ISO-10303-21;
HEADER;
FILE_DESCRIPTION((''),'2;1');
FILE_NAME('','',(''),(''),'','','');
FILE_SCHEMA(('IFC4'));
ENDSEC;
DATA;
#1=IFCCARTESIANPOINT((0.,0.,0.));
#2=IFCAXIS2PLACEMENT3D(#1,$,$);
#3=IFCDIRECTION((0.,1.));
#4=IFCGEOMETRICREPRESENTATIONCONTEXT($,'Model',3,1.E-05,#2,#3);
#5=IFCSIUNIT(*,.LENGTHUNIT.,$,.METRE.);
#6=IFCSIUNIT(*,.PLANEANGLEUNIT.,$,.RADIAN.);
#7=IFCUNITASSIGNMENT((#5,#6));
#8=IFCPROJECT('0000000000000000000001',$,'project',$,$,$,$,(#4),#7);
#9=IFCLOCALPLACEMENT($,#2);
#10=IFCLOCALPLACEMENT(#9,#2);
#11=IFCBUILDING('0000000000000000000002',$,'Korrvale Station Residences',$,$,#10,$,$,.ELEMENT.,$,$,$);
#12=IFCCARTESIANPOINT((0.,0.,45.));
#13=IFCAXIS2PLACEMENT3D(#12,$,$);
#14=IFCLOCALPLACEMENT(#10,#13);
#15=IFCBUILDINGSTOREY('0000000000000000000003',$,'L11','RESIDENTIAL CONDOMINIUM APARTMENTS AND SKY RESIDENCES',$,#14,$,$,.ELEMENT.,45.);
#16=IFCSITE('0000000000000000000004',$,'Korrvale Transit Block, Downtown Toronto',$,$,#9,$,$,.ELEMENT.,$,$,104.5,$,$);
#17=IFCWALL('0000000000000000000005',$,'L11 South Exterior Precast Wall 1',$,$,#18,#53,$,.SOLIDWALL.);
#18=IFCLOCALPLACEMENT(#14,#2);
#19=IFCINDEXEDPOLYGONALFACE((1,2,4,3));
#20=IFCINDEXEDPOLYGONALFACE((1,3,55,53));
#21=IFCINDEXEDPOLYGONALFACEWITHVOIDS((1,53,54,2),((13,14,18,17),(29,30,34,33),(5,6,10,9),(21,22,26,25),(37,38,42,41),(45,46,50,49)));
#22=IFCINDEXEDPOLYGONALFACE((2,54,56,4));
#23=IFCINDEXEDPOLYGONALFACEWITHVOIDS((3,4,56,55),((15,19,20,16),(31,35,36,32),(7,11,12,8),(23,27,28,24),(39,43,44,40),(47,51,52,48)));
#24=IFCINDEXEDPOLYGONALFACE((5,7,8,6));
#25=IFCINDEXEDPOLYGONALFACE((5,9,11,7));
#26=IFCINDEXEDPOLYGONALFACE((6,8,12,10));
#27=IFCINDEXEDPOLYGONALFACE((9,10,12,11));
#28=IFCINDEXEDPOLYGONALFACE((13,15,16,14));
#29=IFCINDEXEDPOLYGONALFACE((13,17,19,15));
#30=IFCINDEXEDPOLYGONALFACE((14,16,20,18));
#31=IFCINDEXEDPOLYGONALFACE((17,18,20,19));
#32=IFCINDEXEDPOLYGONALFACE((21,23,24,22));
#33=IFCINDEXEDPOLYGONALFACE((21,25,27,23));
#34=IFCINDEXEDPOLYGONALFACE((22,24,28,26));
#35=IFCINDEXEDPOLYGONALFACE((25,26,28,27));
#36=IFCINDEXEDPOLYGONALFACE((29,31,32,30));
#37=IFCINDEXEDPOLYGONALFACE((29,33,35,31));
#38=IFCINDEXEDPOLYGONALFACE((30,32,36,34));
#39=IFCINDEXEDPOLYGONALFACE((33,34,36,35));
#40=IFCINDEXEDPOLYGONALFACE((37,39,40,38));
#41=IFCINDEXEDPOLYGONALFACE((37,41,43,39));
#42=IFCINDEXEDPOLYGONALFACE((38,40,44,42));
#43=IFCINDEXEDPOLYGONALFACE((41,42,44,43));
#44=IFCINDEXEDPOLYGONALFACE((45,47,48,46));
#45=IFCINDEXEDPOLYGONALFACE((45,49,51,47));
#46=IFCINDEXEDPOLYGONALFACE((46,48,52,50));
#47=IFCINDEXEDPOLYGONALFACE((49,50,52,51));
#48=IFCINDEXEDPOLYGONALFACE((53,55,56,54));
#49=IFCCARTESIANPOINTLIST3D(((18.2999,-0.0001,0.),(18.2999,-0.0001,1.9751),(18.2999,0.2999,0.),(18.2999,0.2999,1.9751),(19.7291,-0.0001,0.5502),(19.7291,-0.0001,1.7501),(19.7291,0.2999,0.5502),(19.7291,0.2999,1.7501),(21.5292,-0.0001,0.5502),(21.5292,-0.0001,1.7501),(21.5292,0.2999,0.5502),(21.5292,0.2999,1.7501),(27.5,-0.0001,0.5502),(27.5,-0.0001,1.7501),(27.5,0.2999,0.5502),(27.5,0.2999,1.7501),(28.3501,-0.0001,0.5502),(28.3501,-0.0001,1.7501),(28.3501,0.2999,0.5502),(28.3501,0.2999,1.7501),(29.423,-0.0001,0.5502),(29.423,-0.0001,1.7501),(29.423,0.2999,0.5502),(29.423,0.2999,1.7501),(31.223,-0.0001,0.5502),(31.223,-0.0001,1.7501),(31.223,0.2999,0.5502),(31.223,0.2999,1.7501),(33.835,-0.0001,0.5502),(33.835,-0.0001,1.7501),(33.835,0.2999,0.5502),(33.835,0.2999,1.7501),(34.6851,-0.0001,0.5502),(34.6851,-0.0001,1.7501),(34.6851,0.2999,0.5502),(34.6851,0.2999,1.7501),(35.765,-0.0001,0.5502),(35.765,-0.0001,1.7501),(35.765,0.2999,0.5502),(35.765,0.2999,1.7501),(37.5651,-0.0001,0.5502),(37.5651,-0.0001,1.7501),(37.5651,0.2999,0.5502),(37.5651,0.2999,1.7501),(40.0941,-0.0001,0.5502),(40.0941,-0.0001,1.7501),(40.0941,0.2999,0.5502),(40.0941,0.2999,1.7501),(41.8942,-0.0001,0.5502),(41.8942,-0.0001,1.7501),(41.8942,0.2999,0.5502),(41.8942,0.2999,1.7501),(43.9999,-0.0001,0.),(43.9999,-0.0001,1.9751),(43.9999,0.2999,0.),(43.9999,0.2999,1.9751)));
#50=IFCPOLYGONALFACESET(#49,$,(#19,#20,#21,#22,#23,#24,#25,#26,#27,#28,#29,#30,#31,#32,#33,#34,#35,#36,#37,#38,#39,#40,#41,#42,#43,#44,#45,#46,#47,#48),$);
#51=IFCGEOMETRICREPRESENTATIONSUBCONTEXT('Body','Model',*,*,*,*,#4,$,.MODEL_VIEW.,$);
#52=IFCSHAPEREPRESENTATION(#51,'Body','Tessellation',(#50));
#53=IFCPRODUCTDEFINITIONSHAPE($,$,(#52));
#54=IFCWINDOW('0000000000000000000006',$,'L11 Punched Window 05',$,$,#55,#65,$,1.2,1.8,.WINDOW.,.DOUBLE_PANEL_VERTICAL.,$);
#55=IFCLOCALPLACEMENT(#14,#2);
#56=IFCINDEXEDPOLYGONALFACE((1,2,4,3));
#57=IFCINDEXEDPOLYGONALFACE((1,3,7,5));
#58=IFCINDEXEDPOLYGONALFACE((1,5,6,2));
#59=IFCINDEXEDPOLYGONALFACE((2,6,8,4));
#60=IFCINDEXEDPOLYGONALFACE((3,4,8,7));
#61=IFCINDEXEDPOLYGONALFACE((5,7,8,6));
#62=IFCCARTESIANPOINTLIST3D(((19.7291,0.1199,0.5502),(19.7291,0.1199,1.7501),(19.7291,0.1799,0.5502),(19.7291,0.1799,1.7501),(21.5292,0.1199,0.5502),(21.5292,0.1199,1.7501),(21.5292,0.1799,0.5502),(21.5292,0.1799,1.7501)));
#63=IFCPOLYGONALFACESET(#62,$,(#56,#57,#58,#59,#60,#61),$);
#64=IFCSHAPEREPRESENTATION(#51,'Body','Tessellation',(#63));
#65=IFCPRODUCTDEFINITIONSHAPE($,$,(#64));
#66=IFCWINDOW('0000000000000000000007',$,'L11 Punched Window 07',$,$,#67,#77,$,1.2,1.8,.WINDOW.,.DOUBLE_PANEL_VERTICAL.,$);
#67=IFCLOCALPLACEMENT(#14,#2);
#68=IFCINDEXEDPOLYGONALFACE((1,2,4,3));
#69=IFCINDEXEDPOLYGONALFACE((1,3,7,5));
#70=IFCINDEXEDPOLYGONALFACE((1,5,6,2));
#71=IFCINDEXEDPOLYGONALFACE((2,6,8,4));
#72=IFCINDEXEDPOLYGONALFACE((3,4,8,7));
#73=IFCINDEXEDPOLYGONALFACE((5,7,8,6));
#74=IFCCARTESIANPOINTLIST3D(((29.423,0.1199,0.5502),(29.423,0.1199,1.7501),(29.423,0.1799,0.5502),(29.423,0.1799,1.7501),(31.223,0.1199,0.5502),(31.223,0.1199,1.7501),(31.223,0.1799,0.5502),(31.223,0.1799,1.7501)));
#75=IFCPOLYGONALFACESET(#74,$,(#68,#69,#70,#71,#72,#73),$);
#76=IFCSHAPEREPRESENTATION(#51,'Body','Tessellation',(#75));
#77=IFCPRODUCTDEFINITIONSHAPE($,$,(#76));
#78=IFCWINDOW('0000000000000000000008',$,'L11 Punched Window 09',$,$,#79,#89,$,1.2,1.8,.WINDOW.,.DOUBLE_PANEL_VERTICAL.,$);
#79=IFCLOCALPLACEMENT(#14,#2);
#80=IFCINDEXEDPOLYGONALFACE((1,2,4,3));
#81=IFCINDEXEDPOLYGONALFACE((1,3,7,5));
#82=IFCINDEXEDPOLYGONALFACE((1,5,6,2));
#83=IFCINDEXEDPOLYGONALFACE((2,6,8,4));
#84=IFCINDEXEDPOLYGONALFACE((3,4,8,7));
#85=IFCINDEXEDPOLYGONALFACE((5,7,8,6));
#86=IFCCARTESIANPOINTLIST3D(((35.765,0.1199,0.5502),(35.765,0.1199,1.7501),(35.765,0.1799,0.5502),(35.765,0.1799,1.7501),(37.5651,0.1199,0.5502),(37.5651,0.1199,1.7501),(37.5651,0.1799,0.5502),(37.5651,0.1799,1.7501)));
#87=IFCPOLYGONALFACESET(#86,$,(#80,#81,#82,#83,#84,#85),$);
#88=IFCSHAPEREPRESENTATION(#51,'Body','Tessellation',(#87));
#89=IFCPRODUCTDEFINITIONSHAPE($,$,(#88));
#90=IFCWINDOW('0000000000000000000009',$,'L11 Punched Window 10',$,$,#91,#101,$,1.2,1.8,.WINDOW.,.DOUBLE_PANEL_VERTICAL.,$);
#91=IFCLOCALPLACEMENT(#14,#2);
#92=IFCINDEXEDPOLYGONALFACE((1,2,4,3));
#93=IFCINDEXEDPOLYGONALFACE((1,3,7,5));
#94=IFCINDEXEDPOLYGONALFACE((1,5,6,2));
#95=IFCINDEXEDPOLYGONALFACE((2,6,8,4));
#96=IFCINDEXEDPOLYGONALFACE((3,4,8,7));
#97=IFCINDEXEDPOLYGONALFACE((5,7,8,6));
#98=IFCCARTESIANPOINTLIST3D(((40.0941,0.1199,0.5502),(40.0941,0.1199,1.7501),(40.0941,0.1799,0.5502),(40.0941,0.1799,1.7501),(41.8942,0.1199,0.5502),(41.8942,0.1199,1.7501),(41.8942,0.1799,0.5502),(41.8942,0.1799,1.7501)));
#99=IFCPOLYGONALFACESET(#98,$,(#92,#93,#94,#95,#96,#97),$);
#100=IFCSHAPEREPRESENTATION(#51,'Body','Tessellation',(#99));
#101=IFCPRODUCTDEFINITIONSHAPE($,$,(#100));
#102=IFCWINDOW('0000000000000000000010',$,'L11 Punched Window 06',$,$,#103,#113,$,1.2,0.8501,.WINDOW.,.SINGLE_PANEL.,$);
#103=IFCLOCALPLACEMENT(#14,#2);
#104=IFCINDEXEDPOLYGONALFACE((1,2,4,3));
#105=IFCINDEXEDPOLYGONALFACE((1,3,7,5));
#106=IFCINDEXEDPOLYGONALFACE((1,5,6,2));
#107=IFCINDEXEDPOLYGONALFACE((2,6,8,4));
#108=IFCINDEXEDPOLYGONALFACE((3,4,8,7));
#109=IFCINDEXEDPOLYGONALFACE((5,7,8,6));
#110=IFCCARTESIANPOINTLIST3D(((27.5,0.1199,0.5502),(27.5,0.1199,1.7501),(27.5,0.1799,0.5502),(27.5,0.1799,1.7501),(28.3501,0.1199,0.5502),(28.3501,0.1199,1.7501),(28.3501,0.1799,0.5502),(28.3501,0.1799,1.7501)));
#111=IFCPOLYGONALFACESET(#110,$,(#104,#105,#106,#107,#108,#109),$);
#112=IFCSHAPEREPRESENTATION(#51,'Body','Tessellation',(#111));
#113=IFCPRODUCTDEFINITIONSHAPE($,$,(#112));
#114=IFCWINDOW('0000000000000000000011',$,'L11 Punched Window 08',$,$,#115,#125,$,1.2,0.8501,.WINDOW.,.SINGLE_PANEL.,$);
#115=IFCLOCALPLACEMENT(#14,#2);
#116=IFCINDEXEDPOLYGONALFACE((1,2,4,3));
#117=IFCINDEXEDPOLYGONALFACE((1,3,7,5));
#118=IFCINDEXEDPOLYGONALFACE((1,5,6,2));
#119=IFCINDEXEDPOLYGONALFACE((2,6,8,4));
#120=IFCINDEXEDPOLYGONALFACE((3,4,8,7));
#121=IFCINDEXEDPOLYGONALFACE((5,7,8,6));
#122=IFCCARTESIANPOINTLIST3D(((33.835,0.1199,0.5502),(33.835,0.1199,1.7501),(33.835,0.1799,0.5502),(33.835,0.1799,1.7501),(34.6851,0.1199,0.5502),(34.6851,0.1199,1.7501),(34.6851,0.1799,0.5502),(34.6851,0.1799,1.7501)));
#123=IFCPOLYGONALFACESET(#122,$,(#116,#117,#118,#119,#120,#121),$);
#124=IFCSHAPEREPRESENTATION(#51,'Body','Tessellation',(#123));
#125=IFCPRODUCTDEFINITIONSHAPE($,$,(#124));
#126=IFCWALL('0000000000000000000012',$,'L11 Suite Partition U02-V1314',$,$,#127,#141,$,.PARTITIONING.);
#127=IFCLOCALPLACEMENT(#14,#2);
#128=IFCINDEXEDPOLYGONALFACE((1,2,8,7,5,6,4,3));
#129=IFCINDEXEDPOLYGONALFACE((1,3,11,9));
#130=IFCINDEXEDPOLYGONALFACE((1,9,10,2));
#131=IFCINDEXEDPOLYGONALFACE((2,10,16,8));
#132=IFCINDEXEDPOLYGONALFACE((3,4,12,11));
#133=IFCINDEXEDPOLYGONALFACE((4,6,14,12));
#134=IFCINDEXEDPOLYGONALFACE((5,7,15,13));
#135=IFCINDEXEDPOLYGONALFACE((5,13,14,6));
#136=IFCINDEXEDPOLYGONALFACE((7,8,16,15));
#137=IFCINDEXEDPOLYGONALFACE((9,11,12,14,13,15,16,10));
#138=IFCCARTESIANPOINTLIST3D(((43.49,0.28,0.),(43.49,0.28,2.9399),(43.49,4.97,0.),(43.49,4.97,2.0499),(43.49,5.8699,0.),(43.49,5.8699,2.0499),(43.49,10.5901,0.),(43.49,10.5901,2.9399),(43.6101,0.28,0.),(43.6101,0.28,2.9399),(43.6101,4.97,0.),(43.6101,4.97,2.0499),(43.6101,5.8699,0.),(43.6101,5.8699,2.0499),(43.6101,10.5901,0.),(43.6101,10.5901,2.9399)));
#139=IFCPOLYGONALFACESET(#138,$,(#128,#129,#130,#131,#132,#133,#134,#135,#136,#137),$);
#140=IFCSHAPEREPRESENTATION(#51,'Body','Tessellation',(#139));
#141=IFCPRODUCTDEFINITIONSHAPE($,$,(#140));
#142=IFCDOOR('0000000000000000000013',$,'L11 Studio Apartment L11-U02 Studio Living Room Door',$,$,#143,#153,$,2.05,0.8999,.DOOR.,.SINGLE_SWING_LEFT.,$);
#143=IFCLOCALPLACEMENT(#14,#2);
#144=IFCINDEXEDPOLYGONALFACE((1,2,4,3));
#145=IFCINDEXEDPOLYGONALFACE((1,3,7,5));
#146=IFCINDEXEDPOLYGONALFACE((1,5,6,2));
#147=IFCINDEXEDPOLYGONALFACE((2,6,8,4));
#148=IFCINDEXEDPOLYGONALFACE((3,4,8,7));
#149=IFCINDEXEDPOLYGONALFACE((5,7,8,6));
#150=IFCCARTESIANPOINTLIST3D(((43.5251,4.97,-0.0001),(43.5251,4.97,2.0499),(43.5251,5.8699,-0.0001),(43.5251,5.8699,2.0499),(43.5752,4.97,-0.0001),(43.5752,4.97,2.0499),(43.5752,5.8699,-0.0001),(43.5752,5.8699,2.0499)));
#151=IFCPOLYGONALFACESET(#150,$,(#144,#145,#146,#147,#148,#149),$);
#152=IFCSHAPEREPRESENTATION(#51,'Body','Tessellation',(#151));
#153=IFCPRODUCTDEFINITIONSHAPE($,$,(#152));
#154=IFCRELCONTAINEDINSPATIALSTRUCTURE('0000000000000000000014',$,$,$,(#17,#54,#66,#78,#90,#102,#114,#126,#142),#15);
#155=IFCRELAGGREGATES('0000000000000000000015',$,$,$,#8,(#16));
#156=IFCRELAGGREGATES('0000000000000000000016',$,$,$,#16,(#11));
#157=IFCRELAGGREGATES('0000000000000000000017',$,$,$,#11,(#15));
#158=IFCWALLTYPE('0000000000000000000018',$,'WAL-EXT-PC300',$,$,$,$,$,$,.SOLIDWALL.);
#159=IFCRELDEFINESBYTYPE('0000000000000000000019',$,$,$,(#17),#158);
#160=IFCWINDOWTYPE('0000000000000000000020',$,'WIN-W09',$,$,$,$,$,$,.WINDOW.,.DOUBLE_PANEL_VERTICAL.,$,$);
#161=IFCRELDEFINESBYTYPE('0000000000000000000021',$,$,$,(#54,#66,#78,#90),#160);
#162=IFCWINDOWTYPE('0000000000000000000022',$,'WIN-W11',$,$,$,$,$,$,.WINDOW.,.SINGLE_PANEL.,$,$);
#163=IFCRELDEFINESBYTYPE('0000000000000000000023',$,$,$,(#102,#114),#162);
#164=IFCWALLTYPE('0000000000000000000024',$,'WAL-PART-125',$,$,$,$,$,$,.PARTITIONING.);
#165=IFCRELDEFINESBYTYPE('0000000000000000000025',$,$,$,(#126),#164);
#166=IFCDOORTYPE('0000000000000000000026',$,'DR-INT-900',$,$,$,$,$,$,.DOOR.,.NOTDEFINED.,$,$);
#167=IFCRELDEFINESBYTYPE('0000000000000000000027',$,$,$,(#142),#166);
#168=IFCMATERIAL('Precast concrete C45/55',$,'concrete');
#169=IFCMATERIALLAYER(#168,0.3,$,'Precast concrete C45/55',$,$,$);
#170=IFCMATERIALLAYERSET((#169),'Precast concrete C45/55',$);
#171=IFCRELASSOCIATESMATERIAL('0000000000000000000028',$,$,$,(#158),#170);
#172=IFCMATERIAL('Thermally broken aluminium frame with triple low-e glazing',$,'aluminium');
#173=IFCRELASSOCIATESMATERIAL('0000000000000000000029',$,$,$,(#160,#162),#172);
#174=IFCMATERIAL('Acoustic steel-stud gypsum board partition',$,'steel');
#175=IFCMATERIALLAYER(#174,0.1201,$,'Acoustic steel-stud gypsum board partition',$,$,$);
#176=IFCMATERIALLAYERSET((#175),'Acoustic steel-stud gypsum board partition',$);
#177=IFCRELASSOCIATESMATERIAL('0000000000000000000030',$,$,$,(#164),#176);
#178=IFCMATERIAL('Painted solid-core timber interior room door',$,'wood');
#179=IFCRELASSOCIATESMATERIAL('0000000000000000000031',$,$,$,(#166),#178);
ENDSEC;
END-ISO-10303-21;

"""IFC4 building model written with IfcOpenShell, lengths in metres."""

from ifc_helpers import new_model, si_unit, direction, frame, frame_2d, origin, place, context, subcontext, project, spatial, rectangle, extrude, material, layer, layer_set, type_object, element, fill, save


model = new_model("IFC4")

# Units and contexts
model_context = context("Model", 3, precision=1e-05, world=origin(), true_north=direction((0.0, 1.0)))
body_context = subcontext(model_context, "Body", "Model", "MODEL_VIEW")
ifc_project = project(units=[si_unit("LENGTHUNIT", "METRE"), si_unit("PLANEANGLEUNIT", "RADIAN")], contexts=[model_context])

# Site, building, storey
site_placement = place(None, origin())
site = spatial("IfcSite", under=ifc_project, at=site_placement, Name="Korrvale Transit Block, Downtown Toronto", CompositionType="ELEMENT", RefElevation=104.5)
building_placement = place(site_placement, origin())
building = spatial("IfcBuilding", under=site, at=building_placement, Name="Korrvale Station Residences", CompositionType="ELEMENT")
storey_placement = place(building_placement, frame((0.0, 0.0, 45.0)))
storey = spatial("IfcBuildingStorey", under=building, at=storey_placement, Name="L11", Description="RESIDENTIAL CONDOMINIUM APARTMENTS AND SKY RESIDENCES", CompositionType="ELEMENT", Elevation=45.0)

# Shared definitions
ifc_material_1 = material(Name="Precast concrete C45/55", Category="concrete")

# Wall, openings, windows
ifc_layer_1 = layer(ifc_material_1, 0.3, Name="Precast concrete C45/55")
ifc_layer_set_1 = layer_set([ifc_layer_1], Name="Precast concrete C45/55")
wall_type_1 = type_object("IfcWallType", Name="WAL-EXT-PC300", PredefinedType="SOLIDWALL", material=ifc_layer_set_1)
wall_1_placement = place(storey_placement, frame((44.0, 0.1499, 0.0), z_axis=(0.0, 0.0, 1.0), x_axis=(-1.0, 0.0, 0.0)))
wall_1 = element("IfcWall", 1, at=wall_1_placement, inside=storey, type_object=wall_type_1, Name="L11 South Exterior Precast Wall 1", PredefinedType="SOLIDWALL", context=body_context, shape_type="SweptSolid", body=[
    extrude(rectangle(XDim=25.7, YDim=0.3, at=frame_2d((12.8501, 0.0))), origin(), (0.0, 0.0, 1.0), 1.9751),
])
opening_1_placement = place(wall_1_placement, frame((22.4709, 0.0, 0.55)))
opening_1 = element("IfcOpeningElement", 2, at=opening_1_placement, cuts=wall_1, PredefinedType="OPENING", context=body_context, shape_type="SweptSolid", body=[
    extrude(rectangle(XDim=1.8, YDim=1.2, at=frame_2d((0.8999, 0.6001))), frame((0.0, 0.1602, 0.0), z_axis=(0.0, -1.0, 0.0), x_axis=(1.0, 0.0, 0.0)), (0.0, 0.0, 1.0), 0.3201),
])
opening_2_placement = place(wall_1_placement, frame((15.6499, 0.0, 0.55)))
opening_2 = element("IfcOpeningElement", 3, at=opening_2_placement, cuts=wall_1, PredefinedType="OPENING", context=body_context, shape_type="SweptSolid", body=[
    extrude(rectangle(XDim=0.8501, YDim=1.2, at=frame_2d((0.425, 0.6001))), frame((0.0, 0.1602, 0.0), z_axis=(0.0, -1.0, 0.0), x_axis=(1.0, 0.0, 0.0)), (0.0, 0.0, 1.0), 0.3201),
])
opening_3_placement = place(wall_1_placement, frame((12.7771, 0.0, 0.55)))
opening_3 = element("IfcOpeningElement", 4, at=opening_3_placement, cuts=wall_1, PredefinedType="OPENING", context=body_context, shape_type="SweptSolid", body=[
    extrude(rectangle(XDim=1.8, YDim=1.2, at=frame_2d((0.8999, 0.6001))), frame((0.0, 0.1602, 0.0), z_axis=(0.0, -1.0, 0.0), x_axis=(1.0, 0.0, 0.0)), (0.0, 0.0, 1.0), 0.3201),
])
opening_4_placement = place(wall_1_placement, frame((9.3149, 0.0, 0.55)))
opening_4 = element("IfcOpeningElement", 5, at=opening_4_placement, cuts=wall_1, PredefinedType="OPENING", context=body_context, shape_type="SweptSolid", body=[
    extrude(rectangle(XDim=0.8501, YDim=1.2, at=frame_2d((0.425, 0.6001))), frame((0.0, 0.1602, 0.0), z_axis=(0.0, -1.0, 0.0), x_axis=(1.0, 0.0, 0.0)), (0.0, 0.0, 1.0), 0.3201),
])
opening_5_placement = place(wall_1_placement, frame((6.4351, 0.0, 0.55)))
opening_5 = element("IfcOpeningElement", 6, at=opening_5_placement, cuts=wall_1, PredefinedType="OPENING", context=body_context, shape_type="SweptSolid", body=[
    extrude(rectangle(XDim=1.8, YDim=1.2, at=frame_2d((0.8999, 0.6001))), frame((0.0, 0.1602, 0.0), z_axis=(0.0, -1.0, 0.0), x_axis=(1.0, 0.0, 0.0)), (0.0, 0.0, 1.0), 0.3201),
])
opening_6_placement = place(wall_1_placement, frame((2.106, 0.0, 0.55)))
opening_6 = element("IfcOpeningElement", 7, at=opening_6_placement, cuts=wall_1, PredefinedType="OPENING", context=body_context, shape_type="SweptSolid", body=[
    extrude(rectangle(XDim=1.8, YDim=1.2, at=frame_2d((0.8999, 0.6001))), frame((0.0, 0.1602, 0.0), z_axis=(0.0, -1.0, 0.0), x_axis=(1.0, 0.0, 0.0)), (0.0, 0.0, 1.0), 0.3201),
])
ifc_material_2 = material(Name="Thermally broken aluminium frame with triple low-e glazing", Category="aluminium")
window_type_1 = type_object("IfcWindowType", Name="WIN-W09", PartitioningType="DOUBLE_PANEL_VERTICAL", PredefinedType="WINDOW", material=ifc_material_2)
window_1_placement = place(opening_1_placement, origin())
window_1 = element("IfcWindow", 8, at=window_1_placement, inside=storey, type_object=window_type_1, Name="L11 Punched Window 05", OverallHeight=1.2, OverallWidth=1.8, PartitioningType="DOUBLE_PANEL_VERTICAL", PredefinedType="WINDOW", context=body_context, shape_type="SweptSolid", body=[
    extrude(rectangle(XDim=1.8, YDim=1.2, at=frame_2d((0.8999, 0.6001))), frame((0.0, 0.03, 0.0), z_axis=(0.0, -1.0, 0.0), x_axis=(1.0, 0.0, 0.0)), (0.0, 0.0, 1.0), 0.0601),
])
fill(opening_1, window_1)
window_2_placement = place(opening_3_placement, origin())
window_2 = element("IfcWindow", 9, at=window_2_placement, inside=storey, type_object=window_type_1, Name="L11 Punched Window 07", OverallHeight=1.2, OverallWidth=1.8, PartitioningType="DOUBLE_PANEL_VERTICAL", PredefinedType="WINDOW", context=body_context, shape_type="SweptSolid", body=[
    extrude(rectangle(XDim=1.8, YDim=1.2, at=frame_2d((0.8999, 0.6001))), frame((0.0, 0.03, 0.0), z_axis=(0.0, -1.0, 0.0), x_axis=(1.0, 0.0, 0.0)), (0.0, 0.0, 1.0), 0.0601),
])
fill(opening_3, window_2)
window_3_placement = place(opening_5_placement, origin())
window_3 = element("IfcWindow", 10, at=window_3_placement, inside=storey, type_object=window_type_1, Name="L11 Punched Window 09", OverallHeight=1.2, OverallWidth=1.8, PartitioningType="DOUBLE_PANEL_VERTICAL", PredefinedType="WINDOW", context=body_context, shape_type="SweptSolid", body=[
    extrude(rectangle(XDim=1.8, YDim=1.2, at=frame_2d((0.8999, 0.6001))), frame((0.0, 0.03, 0.0), z_axis=(0.0, -1.0, 0.0), x_axis=(1.0, 0.0, 0.0)), (0.0, 0.0, 1.0), 0.0601),
])
fill(opening_5, window_3)
window_4_placement = place(opening_6_placement, origin())
window_4 = element("IfcWindow", 11, at=window_4_placement, inside=storey, type_object=window_type_1, Name="L11 Punched Window 10", OverallHeight=1.2, OverallWidth=1.8, PartitioningType="DOUBLE_PANEL_VERTICAL", PredefinedType="WINDOW", context=body_context, shape_type="SweptSolid", body=[
    extrude(rectangle(XDim=1.8, YDim=1.2, at=frame_2d((0.8999, 0.6001))), frame((0.0, 0.03, 0.0), z_axis=(0.0, -1.0, 0.0), x_axis=(1.0, 0.0, 0.0)), (0.0, 0.0, 1.0), 0.0601),
])
fill(opening_6, window_4)
window_type_2 = type_object("IfcWindowType", Name="WIN-W11", PartitioningType="SINGLE_PANEL", PredefinedType="WINDOW", material=ifc_material_2)
window_5_placement = place(opening_2_placement, origin())
window_5 = element("IfcWindow", 12, at=window_5_placement, inside=storey, type_object=window_type_2, Name="L11 Punched Window 06", OverallHeight=1.2, OverallWidth=0.8501, PartitioningType="SINGLE_PANEL", PredefinedType="WINDOW", context=body_context, shape_type="SweptSolid", body=[
    extrude(rectangle(XDim=0.8501, YDim=1.2, at=frame_2d((0.425, 0.6001))), frame((0.0, 0.03, 0.0), z_axis=(0.0, -1.0, 0.0), x_axis=(1.0, 0.0, 0.0)), (0.0, 0.0, 1.0), 0.0601),
])
fill(opening_2, window_5)
window_6_placement = place(opening_4_placement, origin())
window_6 = element("IfcWindow", 13, at=window_6_placement, inside=storey, type_object=window_type_2, Name="L11 Punched Window 08", OverallHeight=1.2, OverallWidth=0.8501, PartitioningType="SINGLE_PANEL", PredefinedType="WINDOW", context=body_context, shape_type="SweptSolid", body=[
    extrude(rectangle(XDim=0.8501, YDim=1.2, at=frame_2d((0.425, 0.6001))), frame((0.0, 0.03, 0.0), z_axis=(0.0, -1.0, 0.0), x_axis=(1.0, 0.0, 0.0)), (0.0, 0.0, 1.0), 0.0601),
])
fill(opening_4, window_6)

# Wall, opening, door
ifc_material_3 = material(Name="Acoustic steel-stud gypsum board partition", Category="steel")
ifc_layer_2 = layer(ifc_material_3, 0.1201, Name="Acoustic steel-stud gypsum board partition")
ifc_layer_set_2 = layer_set([ifc_layer_2], Name="Acoustic steel-stud gypsum board partition")
wall_type_2 = type_object("IfcWallType", Name="WAL-PART-125", PredefinedType="PARTITIONING", material=ifc_layer_set_2)
wall_2_placement = place(storey_placement, frame((43.55, 0.28, 0.0), z_axis=(0.0, 0.0, 1.0), x_axis=(0.0, 1.0, 0.0)))
wall_2 = element("IfcWall", 14, at=wall_2_placement, inside=storey, type_object=wall_type_2, Name="L11 Suite Partition U02-V1314", PredefinedType="PARTITIONING", context=body_context, shape_type="SweptSolid", body=[
    extrude(rectangle(XDim=10.3101, YDim=0.1201, at=frame_2d((5.155, 0.0))), origin(), (0.0, 0.0, 1.0), 2.9399),
])
opening_7_placement = place(wall_2_placement, frame((4.6899, 0.0, 0.0)))
opening_7 = element("IfcOpeningElement", 15, at=opening_7_placement, cuts=wall_2, PredefinedType="OPENING", context=body_context, shape_type="SweptSolid", body=[
    extrude(rectangle(XDim=0.8999, YDim=2.05, at=frame_2d((0.45, 1.0249))), frame((0.0, 0.0701, 0.0), z_axis=(0.0, -1.0, 0.0), x_axis=(1.0, 0.0, 0.0)), (0.0, 0.0, 1.0), 0.1401),
])
ifc_material_4 = material(Name="Painted solid-core timber interior room door", Category="wood")
door_type = type_object("IfcDoorType", Name="DR-INT-900", OperationType="NOTDEFINED", PredefinedType="DOOR", material=ifc_material_4)
door_placement = place(opening_7_placement, origin())
door = element("IfcDoor", 16, at=door_placement, inside=storey, type_object=door_type, Name="L11 Studio Apartment L11-U02 Studio Living Room Door", OperationType="SINGLE_SWING_LEFT", OverallHeight=2.05, OverallWidth=0.8999, PredefinedType="DOOR", context=body_context, shape_type="SweptSolid", body=[
    extrude(rectangle(XDim=0.8999, YDim=2.05, at=frame_2d((0.45, 1.0249))), frame((0.0, 0.0249, 0.0), z_axis=(0.0, -1.0, 0.0), x_axis=(1.0, 0.0, 0.0)), (0.0, 0.0, 1.0), 0.05),
])
fill(opening_7, door)

save(model, "model.ifc")
